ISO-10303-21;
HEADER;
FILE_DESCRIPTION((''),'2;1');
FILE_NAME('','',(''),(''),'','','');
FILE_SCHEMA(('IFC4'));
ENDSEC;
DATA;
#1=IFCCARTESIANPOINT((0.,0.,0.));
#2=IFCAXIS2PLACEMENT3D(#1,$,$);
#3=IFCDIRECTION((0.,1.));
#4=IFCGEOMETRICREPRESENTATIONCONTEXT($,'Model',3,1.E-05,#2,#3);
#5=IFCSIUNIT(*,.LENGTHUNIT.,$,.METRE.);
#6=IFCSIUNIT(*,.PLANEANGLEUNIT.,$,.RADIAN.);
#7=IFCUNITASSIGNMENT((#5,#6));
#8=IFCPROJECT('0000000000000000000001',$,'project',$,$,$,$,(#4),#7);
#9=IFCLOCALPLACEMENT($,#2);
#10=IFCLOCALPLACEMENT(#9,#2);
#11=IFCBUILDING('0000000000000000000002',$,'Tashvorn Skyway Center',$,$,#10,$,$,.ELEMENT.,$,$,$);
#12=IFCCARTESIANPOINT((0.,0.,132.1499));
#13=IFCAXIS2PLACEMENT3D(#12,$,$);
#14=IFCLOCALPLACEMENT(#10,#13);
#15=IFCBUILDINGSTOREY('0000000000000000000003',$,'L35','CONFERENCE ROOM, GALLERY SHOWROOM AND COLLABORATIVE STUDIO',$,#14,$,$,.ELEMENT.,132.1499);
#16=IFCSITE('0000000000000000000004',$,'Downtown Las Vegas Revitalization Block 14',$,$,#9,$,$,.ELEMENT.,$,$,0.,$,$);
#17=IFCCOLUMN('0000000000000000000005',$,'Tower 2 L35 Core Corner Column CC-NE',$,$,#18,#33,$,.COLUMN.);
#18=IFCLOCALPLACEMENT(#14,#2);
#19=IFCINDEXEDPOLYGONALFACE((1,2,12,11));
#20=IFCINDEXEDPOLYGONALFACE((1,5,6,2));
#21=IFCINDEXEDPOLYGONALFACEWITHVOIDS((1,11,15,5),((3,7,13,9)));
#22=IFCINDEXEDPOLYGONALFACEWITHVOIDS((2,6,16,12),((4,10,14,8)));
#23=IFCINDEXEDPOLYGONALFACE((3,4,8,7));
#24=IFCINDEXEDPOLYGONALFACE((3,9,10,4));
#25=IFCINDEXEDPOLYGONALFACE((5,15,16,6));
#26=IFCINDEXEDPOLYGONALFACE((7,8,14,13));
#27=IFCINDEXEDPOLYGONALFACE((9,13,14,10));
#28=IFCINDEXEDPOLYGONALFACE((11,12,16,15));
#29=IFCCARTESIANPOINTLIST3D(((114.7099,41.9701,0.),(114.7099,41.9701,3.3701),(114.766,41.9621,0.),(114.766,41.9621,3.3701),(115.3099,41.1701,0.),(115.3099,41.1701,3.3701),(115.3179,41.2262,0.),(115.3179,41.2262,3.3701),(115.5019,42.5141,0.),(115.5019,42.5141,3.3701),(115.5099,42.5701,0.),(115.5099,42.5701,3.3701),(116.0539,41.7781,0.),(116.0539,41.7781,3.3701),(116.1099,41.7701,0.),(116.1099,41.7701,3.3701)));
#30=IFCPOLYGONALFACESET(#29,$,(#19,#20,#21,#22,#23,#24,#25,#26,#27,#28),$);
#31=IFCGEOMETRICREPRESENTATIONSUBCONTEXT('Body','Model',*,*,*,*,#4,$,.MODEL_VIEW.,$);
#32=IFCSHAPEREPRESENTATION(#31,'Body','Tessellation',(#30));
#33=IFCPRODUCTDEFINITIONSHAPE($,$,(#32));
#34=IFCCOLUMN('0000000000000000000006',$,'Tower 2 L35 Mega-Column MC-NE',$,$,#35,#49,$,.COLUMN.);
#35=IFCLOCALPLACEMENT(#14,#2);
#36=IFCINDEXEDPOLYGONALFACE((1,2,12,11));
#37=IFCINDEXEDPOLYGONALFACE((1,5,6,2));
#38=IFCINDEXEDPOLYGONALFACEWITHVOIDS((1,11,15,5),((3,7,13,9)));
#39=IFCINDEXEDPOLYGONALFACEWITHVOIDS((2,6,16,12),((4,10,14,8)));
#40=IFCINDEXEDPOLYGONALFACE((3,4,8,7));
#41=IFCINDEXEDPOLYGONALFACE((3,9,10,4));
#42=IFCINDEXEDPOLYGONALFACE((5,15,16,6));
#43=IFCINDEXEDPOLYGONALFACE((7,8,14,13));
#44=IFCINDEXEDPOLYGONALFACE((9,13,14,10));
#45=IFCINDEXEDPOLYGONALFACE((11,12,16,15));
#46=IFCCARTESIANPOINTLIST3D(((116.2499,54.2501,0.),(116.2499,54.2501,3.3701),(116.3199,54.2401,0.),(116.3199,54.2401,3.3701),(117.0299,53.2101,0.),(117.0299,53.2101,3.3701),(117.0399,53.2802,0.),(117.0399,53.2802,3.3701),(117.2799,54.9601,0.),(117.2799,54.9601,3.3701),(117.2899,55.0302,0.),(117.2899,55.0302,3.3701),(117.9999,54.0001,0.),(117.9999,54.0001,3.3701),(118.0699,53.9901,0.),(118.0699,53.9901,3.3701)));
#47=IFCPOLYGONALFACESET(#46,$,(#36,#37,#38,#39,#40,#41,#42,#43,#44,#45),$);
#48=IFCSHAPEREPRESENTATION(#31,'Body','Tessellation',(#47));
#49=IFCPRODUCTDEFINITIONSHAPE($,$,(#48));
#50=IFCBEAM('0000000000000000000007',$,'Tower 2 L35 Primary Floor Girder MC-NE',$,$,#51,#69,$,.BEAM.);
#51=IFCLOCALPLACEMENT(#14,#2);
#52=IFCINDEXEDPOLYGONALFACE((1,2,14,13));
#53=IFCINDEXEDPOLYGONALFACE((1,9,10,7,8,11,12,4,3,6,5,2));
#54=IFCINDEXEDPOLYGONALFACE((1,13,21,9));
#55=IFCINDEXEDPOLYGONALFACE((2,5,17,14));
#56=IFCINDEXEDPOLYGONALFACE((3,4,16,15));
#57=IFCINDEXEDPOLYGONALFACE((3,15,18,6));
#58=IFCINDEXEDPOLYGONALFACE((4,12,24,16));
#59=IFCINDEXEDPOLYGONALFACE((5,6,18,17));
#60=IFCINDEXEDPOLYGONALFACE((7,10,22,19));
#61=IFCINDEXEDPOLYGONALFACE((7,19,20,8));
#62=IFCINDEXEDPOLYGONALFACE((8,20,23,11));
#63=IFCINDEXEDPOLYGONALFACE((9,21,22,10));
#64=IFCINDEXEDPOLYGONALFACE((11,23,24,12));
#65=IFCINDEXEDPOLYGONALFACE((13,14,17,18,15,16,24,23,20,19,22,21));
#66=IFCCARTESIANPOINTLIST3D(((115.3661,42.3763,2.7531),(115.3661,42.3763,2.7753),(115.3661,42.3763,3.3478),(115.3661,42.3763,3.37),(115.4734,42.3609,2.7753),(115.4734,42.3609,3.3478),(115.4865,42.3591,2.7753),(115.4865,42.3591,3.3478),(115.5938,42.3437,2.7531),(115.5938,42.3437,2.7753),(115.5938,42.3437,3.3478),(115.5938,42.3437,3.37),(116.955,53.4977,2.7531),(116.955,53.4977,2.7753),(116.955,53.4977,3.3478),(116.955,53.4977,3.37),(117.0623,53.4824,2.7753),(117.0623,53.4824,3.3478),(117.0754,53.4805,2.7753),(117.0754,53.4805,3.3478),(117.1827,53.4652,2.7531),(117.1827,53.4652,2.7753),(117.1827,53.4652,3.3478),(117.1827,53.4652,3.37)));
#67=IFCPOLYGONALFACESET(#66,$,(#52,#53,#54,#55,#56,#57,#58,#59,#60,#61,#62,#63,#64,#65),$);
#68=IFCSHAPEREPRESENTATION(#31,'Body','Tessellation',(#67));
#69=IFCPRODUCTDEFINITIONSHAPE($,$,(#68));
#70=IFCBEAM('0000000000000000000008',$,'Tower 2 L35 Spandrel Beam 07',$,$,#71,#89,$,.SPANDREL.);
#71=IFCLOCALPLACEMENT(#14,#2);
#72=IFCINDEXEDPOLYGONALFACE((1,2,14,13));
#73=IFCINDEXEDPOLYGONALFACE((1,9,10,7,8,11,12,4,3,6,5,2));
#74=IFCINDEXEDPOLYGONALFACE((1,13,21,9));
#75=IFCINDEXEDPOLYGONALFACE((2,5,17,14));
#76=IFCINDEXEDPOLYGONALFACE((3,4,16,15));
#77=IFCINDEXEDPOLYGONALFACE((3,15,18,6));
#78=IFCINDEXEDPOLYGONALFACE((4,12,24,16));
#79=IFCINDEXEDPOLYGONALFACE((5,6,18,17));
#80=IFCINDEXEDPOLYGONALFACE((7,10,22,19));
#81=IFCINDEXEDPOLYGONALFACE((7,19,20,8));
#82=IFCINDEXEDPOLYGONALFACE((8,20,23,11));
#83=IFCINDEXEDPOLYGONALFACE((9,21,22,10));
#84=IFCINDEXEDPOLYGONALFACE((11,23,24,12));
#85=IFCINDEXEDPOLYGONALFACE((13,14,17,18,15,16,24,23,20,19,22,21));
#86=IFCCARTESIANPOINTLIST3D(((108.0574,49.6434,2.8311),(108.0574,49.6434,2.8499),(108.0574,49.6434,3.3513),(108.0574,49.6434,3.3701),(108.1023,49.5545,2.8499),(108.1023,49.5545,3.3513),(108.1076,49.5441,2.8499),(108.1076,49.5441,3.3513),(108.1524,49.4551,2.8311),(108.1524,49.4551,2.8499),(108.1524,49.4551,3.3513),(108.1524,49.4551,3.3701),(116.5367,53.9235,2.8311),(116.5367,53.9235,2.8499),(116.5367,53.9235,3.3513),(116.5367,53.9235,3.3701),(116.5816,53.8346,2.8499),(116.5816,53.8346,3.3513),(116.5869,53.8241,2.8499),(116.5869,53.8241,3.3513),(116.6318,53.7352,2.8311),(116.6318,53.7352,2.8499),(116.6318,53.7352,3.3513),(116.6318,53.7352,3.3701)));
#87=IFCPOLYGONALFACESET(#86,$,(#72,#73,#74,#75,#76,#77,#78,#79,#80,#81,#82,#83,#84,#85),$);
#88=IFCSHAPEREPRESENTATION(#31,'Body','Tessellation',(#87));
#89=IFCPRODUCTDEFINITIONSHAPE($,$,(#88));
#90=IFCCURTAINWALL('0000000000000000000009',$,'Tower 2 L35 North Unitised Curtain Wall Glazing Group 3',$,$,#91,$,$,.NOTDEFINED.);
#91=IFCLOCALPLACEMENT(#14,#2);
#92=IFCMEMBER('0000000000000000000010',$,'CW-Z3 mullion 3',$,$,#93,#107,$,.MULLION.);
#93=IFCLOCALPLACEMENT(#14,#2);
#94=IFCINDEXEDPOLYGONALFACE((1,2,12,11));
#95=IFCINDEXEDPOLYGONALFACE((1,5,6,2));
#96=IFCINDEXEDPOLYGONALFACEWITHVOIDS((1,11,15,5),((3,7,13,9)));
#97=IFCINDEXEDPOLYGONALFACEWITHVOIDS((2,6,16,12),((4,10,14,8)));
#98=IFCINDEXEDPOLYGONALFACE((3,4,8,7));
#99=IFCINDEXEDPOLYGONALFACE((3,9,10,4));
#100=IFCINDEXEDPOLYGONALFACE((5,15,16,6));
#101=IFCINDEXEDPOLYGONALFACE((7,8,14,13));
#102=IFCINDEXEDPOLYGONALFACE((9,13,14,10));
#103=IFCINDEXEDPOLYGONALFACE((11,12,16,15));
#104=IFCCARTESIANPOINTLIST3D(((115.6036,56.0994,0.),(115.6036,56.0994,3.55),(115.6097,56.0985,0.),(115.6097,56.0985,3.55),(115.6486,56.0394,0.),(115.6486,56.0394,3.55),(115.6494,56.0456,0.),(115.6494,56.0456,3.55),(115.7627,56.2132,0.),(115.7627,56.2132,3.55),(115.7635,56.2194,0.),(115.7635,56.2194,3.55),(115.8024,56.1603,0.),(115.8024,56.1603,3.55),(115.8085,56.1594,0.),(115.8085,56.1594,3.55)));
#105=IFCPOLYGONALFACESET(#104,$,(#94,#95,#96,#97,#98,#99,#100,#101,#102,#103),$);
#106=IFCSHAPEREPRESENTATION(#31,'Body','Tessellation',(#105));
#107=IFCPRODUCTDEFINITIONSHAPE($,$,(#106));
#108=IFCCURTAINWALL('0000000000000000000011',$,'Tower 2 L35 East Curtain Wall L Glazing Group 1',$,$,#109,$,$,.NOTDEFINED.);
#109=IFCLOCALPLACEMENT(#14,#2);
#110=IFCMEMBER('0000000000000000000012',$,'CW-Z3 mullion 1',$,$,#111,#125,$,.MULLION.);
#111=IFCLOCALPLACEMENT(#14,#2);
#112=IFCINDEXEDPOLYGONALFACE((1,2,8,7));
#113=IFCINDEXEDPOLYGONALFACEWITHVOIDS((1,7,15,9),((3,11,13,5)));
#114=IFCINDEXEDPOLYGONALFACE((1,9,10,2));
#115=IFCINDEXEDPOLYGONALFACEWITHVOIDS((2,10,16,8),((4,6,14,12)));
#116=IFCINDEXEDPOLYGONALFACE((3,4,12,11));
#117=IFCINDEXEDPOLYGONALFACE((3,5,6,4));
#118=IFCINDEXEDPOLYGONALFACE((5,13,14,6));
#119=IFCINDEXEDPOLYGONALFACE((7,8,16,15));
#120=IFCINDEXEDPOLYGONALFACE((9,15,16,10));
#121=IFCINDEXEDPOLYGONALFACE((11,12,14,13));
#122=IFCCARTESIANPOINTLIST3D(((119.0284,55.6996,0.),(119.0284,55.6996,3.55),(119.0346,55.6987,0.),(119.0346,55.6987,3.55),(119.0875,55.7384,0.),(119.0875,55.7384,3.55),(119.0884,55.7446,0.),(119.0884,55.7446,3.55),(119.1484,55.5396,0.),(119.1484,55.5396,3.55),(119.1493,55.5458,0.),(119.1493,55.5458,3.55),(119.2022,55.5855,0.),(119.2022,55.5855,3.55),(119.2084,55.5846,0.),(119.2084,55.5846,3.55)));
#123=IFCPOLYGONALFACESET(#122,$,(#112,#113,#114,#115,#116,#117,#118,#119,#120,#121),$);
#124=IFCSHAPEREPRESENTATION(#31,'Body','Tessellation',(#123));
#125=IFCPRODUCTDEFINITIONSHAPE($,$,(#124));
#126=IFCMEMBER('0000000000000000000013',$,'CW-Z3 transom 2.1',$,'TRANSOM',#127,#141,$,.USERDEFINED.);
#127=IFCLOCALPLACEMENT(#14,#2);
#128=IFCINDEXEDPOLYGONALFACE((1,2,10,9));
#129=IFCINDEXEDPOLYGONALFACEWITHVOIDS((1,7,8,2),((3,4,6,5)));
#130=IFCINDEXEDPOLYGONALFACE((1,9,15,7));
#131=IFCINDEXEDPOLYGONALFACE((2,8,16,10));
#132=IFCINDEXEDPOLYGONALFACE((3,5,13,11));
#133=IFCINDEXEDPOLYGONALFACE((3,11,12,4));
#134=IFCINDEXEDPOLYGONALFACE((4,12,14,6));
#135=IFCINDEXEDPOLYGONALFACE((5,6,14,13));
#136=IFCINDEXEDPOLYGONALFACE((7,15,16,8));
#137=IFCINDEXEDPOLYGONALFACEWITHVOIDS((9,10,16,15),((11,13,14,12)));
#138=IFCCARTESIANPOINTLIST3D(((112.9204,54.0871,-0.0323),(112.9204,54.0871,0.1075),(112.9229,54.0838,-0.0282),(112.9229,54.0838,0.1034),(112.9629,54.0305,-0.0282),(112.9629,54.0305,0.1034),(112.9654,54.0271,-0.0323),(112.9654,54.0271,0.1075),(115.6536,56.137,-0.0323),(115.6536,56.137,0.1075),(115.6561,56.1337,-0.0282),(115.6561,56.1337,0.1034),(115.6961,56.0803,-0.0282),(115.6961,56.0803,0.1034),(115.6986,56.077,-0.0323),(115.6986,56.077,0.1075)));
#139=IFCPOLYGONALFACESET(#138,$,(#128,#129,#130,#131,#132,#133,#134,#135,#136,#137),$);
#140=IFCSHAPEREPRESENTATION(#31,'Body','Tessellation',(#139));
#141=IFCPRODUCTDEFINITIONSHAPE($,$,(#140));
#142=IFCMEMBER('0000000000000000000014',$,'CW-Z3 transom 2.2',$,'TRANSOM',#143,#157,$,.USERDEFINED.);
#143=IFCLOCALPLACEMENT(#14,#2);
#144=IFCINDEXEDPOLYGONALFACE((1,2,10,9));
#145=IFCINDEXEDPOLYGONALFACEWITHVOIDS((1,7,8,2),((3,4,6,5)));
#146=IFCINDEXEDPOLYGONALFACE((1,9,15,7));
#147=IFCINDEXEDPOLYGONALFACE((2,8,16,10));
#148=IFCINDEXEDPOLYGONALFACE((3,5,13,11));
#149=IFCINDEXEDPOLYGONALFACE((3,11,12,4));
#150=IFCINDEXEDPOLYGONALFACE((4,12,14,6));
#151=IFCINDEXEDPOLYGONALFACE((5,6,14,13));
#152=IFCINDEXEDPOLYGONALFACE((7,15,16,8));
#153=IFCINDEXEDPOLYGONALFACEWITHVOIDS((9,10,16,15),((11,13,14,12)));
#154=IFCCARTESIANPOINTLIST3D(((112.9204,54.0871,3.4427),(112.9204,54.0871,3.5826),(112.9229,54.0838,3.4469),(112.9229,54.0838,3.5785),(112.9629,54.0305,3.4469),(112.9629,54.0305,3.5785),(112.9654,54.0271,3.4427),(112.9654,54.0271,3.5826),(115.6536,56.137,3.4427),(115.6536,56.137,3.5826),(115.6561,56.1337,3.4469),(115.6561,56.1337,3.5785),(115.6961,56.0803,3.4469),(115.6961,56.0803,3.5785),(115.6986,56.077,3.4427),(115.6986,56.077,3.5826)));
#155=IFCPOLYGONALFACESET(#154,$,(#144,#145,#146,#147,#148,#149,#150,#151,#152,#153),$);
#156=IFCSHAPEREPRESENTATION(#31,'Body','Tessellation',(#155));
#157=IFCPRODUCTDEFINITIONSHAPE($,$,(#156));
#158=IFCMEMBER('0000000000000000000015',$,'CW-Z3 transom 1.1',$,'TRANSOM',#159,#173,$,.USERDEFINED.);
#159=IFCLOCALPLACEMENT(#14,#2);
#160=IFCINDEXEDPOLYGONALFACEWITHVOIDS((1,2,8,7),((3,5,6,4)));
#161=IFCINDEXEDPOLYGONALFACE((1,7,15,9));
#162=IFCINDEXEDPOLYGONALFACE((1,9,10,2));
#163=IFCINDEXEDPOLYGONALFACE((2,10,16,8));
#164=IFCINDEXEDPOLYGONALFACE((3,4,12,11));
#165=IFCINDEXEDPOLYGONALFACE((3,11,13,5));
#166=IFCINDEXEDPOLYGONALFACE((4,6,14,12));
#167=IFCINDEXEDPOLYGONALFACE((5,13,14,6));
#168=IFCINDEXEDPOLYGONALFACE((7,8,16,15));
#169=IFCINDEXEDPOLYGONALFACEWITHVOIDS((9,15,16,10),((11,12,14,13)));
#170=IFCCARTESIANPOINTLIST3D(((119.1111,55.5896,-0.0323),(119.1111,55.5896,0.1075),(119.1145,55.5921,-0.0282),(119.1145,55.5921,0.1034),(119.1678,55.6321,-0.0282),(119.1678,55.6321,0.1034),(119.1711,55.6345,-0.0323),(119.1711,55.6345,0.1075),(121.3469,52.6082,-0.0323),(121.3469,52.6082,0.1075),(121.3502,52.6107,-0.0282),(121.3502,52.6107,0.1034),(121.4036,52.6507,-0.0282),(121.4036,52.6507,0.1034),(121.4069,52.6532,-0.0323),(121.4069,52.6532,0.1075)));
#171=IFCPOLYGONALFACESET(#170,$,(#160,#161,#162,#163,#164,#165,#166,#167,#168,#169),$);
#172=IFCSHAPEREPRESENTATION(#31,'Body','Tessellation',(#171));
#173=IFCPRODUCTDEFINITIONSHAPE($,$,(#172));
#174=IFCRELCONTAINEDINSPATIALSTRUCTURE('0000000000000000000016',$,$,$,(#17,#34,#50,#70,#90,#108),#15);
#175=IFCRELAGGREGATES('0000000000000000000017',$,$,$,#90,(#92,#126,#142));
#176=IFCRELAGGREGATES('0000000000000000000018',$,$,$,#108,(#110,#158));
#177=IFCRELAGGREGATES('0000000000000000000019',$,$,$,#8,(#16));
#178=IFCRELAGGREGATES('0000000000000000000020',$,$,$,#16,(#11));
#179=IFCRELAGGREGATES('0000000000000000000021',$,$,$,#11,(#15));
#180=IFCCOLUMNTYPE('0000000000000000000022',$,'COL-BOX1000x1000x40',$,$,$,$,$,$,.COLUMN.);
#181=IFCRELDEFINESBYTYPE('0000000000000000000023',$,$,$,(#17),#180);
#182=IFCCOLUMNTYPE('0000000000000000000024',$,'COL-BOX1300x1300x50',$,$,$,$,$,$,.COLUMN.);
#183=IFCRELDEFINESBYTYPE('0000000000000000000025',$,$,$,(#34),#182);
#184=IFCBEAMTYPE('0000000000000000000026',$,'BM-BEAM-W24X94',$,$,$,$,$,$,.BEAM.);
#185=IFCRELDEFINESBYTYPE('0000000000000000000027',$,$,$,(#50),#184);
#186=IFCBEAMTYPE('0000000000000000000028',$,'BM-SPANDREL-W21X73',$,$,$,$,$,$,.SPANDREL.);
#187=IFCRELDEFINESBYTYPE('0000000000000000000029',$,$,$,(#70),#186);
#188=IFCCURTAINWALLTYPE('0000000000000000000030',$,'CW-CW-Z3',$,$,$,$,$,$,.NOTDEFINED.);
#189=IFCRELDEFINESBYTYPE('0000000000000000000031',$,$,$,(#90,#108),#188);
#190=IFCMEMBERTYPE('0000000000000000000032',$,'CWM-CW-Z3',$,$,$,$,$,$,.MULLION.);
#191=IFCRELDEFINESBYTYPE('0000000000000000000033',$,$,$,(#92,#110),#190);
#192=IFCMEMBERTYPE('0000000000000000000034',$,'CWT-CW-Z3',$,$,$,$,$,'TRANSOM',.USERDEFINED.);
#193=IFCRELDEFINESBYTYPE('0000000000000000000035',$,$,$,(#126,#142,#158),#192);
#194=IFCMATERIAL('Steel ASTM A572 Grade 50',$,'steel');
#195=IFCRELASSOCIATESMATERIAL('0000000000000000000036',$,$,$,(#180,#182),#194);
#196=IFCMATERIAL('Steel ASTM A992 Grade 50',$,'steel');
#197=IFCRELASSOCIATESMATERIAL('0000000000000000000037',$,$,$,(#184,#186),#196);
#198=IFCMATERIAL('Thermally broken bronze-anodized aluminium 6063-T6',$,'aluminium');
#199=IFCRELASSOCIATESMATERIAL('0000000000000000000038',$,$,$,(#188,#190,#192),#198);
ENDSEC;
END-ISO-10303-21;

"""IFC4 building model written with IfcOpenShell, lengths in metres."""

from ifc_helpers import new_model, si_unit, direction, frame, origin, origin_2d, place, context, subcontext, project, spatial, hollow_rectangle, i_section, extrude, material, material_profile, profile_set, type_object, element, aggregate, save


model = new_model("IFC4")

# Units and contexts
model_context = context("Model", 3, precision=1e-05, world=origin(), true_north=direction((0.0, 1.0)))
body_context = subcontext(model_context, "Body", "Model", "MODEL_VIEW")
ifc_project = project(units=[si_unit("LENGTHUNIT", "METRE"), si_unit("PLANEANGLEUNIT", "RADIAN")], contexts=[model_context])

# Site, building, storey
site_placement = place(None, origin())
site = spatial("IfcSite", under=ifc_project, at=site_placement, Name="Downtown Las Vegas Revitalization Block 14", CompositionType="ELEMENT", RefElevation=0.0)
building_placement = place(site_placement, origin())
building = spatial("IfcBuilding", under=site, at=building_placement, Name="Tashvorn Skyway Center", CompositionType="ELEMENT")
storey_placement = place(building_placement, frame((0.0, 0.0, 132.1499)))
storey = spatial("IfcBuildingStorey", under=building, at=storey_placement, Name="L35", Description="CONFERENCE ROOM, GALLERY SHOWROOM AND COLLABORATIVE STUDIO", CompositionType="ELEMENT", Elevation=132.1499)

# Columns
ifc_material_1 = material(Name="Steel ASTM A572 Grade 50", Category="steel")
ifc_material_profile_1 = material_profile(ifc_material_1, hollow_rectangle(XDim=1.0, YDim=1.0, WallThickness=0.04, at=origin_2d()), Name="BOX1000x1000x40")
ifc_profile_set_1 = profile_set([ifc_material_profile_1], Name="Steel ASTM A572 Grade 50")
column_type_1 = type_object("IfcColumnType", Name="COL-BOX1000x1000x40", PredefinedType="COLUMN", material=ifc_profile_set_1)
column_1_placement = place(storey_placement, frame((115.4099, 41.8701, 0.0), z_axis=(0.0, 0.0, 1.0), x_axis=(0.8, 0.6, 0.0)))
element("IfcColumn", 1, at=column_1_placement, inside=storey, type_object=column_type_1, Name="Tower 2 L35 Core Corner Column CC-NE", PredefinedType="COLUMN", context=body_context, shape_type="SweptSolid", body=[
    extrude(hollow_rectangle(XDim=1.0, YDim=1.0, WallThickness=0.04, at=origin_2d()), origin(), (0.0, 0.0, 1.0), 3.3701),
])
ifc_material_profile_2 = material_profile(ifc_material_1, hollow_rectangle(XDim=1.3, YDim=1.3, WallThickness=0.05, at=origin_2d()), Name="BOX1300x1300x50")
ifc_profile_set_2 = profile_set([ifc_material_profile_2], Name="Steel ASTM A572 Grade 50")
column_type_2 = type_object("IfcColumnType", Name="COL-BOX1300x1300x50", PredefinedType="COLUMN", material=ifc_profile_set_2)
column_2_placement = place(storey_placement, frame((117.1599, 54.1201, 0.0), z_axis=(0.0, 0.0, 1.0), x_axis=(0.8, 0.6, 0.0)))
element("IfcColumn", 2, at=column_2_placement, inside=storey, type_object=column_type_2, Name="Tower 2 L35 Mega-Column MC-NE", PredefinedType="COLUMN", context=body_context, shape_type="SweptSolid", body=[
    extrude(hollow_rectangle(XDim=1.3, YDim=1.3, WallThickness=0.05, at=origin_2d()), origin(), (0.0, 0.0, 1.0), 3.3701),
])

# Beams
ifc_material_2 = material(Name="Steel ASTM A992 Grade 50", Category="steel")
ifc_material_profile_3 = material_profile(ifc_material_2, i_section(OverallWidth=0.23, OverallDepth=0.6169, WebThickness=0.0132, FlangeThickness=0.0222, at=origin_2d()), Name="W24X94")
ifc_profile_set_3 = profile_set([ifc_material_profile_3], Name="Steel ASTM A992 Grade 50")
beam_type_1 = type_object("IfcBeamType", Name="BM-BEAM-W24X94", PredefinedType="BEAM", material=ifc_profile_set_3)
beam_1_placement = place(storey_placement, frame((117.0688, 53.4814, 3.0615), z_axis=(-0.14143, -0.989948, 0.0), x_axis=(0.989948, -0.14143, 0.0)))
element("IfcBeam", 3, at=beam_1_placement, inside=storey, type_object=beam_type_1, Name="Tower 2 L35 Primary Floor Girder MC-NE", PredefinedType="BEAM", context=body_context, shape_type="SweptSolid", body=[
    extrude(i_section(OverallWidth=0.23, OverallDepth=0.6169, WebThickness=0.0132, FlangeThickness=0.0222, at=origin_2d()), origin(), (0.0, 0.0, 1.0), 11.2344),
])
ifc_material_profile_4 = material_profile(ifc_material_2, i_section(OverallWidth=0.2109, OverallDepth=0.5391, WebThickness=0.0117, FlangeThickness=0.0188, at=origin_2d()), Name="W21X73")
ifc_profile_set_4 = profile_set([ifc_material_profile_4], Name="Steel ASTM A992 Grade 50")
beam_type_2 = type_object("IfcBeamType", Name="BM-SPANDREL-W21X73", PredefinedType="SPANDREL", material=ifc_profile_set_4)
beam_2_placement = place(storey_placement, frame((116.5842, 53.8293, 3.1006), z_axis=(-0.892719, -0.450614, 0.0), x_axis=(0.450614, -0.892719, 0.0)))
element("IfcBeam", 4, at=beam_2_placement, inside=storey, type_object=beam_type_2, Name="Tower 2 L35 Spandrel Beam 07", PredefinedType="SPANDREL", context=body_context, shape_type="SweptSolid", body=[
    extrude(i_section(OverallWidth=0.2109, OverallDepth=0.5391, WebThickness=0.0117, FlangeThickness=0.0188, at=origin_2d()), origin(), (0.0, 0.0, 1.0), 9.4983),
])

# Curtain walls, members
ifc_material_3 = material(Name="Thermally broken bronze-anodized aluminium 6063-T6", Category="aluminium")
curtain_wall_type = type_object("IfcCurtainWallType", Name="CW-CW-Z3", PredefinedType="NOTDEFINED", material=ifc_material_3)
curtain_wall_1_placement = place(storey_placement, origin())
curtain_wall_1 = element("IfcCurtainWall", 5, at=curtain_wall_1_placement, inside=storey, type_object=curtain_wall_type, Name="Tower 2 L35 North Unitised Curtain Wall Glazing Group 3", PredefinedType="NOTDEFINED")
ifc_material_profile_5 = material_profile(ifc_material_3, hollow_rectangle(XDim=0.075, YDim=0.2, WallThickness=0.0044, at=origin_2d()), Name="ALU-MULL-75x200")
ifc_profile_set_5 = profile_set([ifc_material_profile_5], Name="Thermally broken bronze-anodized aluminium 6063-T6")
member_type_1 = type_object("IfcMemberType", Name="CWM-CW-Z3", PredefinedType="MULLION", material=ifc_profile_set_5)
member_1_placement = place(storey_placement, frame((115.7061, 56.1294, 0.0), z_axis=(0.0, 0.0, 1.0), x_axis=(-0.600005, 0.799997, 0.0)))
member_1 = element("IfcMember", 6, at=member_1_placement, type_object=member_type_1, Name="CW-Z3 mullion 3", PredefinedType="MULLION", context=body_context, shape_type="SweptSolid", body=[
    extrude(hollow_rectangle(XDim=0.075, YDim=0.2, WallThickness=0.0044, at=origin_2d()), origin(), (0.0, 0.0, 1.0), 3.55),
])
curtain_wall_2_placement = place(storey_placement, origin())
curtain_wall_2 = element("IfcCurtainWall", 7, at=curtain_wall_2_placement, inside=storey, type_object=curtain_wall_type, Name="Tower 2 L35 East Curtain Wall L Glazing Group 1", PredefinedType="NOTDEFINED")
member_2_placement = place(storey_placement, frame((119.1184, 55.6421, 0.0), z_axis=(0.0, 0.0, 1.0), x_axis=(0.799997, 0.600004, 0.0)))
member_2 = element("IfcMember", 8, at=member_2_placement, type_object=member_type_1, Name="CW-Z3 mullion 1", PredefinedType="MULLION", context=body_context, shape_type="SweptSolid", body=[
    extrude(hollow_rectangle(XDim=0.075, YDim=0.2, WallThickness=0.0044, at=origin_2d()), origin(), (0.0, 0.0, 1.0), 3.55),
])

# Members
ifc_material_profile_6 = material_profile(ifc_material_3, hollow_rectangle(XDim=0.075, YDim=0.1399, WallThickness=0.0042, at=origin_2d()), Name="ALU-TRAN-75x140")
ifc_profile_set_6 = profile_set([ifc_material_profile_6], Name="Thermally broken bronze-anodized aluminium 6063-T6")
member_type_2 = type_object("IfcMemberType", Name="CWT-CW-Z3", ElementType="TRANSOM", PredefinedType="USERDEFINED", material=ifc_profile_set_6)
member_3_placement = place(storey_placement, frame((112.9429, 54.0571, 0.0376), z_axis=(0.800009, 0.599989, 0.0), x_axis=(-0.599989, 0.800009, 0.0)))
member_3 = element("IfcMember", 9, at=member_3_placement, type_object=member_type_2, Name="CW-Z3 transom 2.1", ObjectType="TRANSOM", PredefinedType="USERDEFINED", context=body_context, shape_type="SweptSolid", body=[
    extrude(hollow_rectangle(XDim=0.075, YDim=0.1399, WallThickness=0.0042, at=origin_2d()), origin(), (0.0, 0.0, 1.0), 3.4165),
])
member_4_placement = place(storey_placement, frame((112.9429, 54.0571, 3.5127), z_axis=(0.800009, 0.599989, 0.0), x_axis=(-0.599989, 0.800009, 0.0)))
member_4 = element("IfcMember", 10, at=member_4_placement, type_object=member_type_2, Name="CW-Z3 transom 2.2", ObjectType="TRANSOM", PredefinedType="USERDEFINED", context=body_context, shape_type="SweptSolid", body=[
    extrude(hollow_rectangle(XDim=0.075, YDim=0.1399, WallThickness=0.0042, at=origin_2d()), origin(), (0.0, 0.0, 1.0), 3.4165),
])
member_5_placement = place(storey_placement, frame((119.1411, 55.6121, 0.0376), z_axis=(0.599958, -0.800031, 0.0), x_axis=(0.800031, 0.599958, 0.0)))
member_5 = element("IfcMember", 11, at=member_5_placement, type_object=member_type_2, Name="CW-Z3 transom 1.1", ObjectType="TRANSOM", PredefinedType="USERDEFINED", context=body_context, shape_type="SweptSolid", body=[
    extrude(hollow_rectangle(XDim=0.075, YDim=0.1399, WallThickness=0.0042, at=origin_2d()), origin(), (0.0, 0.0, 1.0), 3.7266),
])

aggregate(curtain_wall_1, [member_1, member_3, member_4])
aggregate(curtain_wall_2, [member_2, member_5])

save(model, "model.ifc")
